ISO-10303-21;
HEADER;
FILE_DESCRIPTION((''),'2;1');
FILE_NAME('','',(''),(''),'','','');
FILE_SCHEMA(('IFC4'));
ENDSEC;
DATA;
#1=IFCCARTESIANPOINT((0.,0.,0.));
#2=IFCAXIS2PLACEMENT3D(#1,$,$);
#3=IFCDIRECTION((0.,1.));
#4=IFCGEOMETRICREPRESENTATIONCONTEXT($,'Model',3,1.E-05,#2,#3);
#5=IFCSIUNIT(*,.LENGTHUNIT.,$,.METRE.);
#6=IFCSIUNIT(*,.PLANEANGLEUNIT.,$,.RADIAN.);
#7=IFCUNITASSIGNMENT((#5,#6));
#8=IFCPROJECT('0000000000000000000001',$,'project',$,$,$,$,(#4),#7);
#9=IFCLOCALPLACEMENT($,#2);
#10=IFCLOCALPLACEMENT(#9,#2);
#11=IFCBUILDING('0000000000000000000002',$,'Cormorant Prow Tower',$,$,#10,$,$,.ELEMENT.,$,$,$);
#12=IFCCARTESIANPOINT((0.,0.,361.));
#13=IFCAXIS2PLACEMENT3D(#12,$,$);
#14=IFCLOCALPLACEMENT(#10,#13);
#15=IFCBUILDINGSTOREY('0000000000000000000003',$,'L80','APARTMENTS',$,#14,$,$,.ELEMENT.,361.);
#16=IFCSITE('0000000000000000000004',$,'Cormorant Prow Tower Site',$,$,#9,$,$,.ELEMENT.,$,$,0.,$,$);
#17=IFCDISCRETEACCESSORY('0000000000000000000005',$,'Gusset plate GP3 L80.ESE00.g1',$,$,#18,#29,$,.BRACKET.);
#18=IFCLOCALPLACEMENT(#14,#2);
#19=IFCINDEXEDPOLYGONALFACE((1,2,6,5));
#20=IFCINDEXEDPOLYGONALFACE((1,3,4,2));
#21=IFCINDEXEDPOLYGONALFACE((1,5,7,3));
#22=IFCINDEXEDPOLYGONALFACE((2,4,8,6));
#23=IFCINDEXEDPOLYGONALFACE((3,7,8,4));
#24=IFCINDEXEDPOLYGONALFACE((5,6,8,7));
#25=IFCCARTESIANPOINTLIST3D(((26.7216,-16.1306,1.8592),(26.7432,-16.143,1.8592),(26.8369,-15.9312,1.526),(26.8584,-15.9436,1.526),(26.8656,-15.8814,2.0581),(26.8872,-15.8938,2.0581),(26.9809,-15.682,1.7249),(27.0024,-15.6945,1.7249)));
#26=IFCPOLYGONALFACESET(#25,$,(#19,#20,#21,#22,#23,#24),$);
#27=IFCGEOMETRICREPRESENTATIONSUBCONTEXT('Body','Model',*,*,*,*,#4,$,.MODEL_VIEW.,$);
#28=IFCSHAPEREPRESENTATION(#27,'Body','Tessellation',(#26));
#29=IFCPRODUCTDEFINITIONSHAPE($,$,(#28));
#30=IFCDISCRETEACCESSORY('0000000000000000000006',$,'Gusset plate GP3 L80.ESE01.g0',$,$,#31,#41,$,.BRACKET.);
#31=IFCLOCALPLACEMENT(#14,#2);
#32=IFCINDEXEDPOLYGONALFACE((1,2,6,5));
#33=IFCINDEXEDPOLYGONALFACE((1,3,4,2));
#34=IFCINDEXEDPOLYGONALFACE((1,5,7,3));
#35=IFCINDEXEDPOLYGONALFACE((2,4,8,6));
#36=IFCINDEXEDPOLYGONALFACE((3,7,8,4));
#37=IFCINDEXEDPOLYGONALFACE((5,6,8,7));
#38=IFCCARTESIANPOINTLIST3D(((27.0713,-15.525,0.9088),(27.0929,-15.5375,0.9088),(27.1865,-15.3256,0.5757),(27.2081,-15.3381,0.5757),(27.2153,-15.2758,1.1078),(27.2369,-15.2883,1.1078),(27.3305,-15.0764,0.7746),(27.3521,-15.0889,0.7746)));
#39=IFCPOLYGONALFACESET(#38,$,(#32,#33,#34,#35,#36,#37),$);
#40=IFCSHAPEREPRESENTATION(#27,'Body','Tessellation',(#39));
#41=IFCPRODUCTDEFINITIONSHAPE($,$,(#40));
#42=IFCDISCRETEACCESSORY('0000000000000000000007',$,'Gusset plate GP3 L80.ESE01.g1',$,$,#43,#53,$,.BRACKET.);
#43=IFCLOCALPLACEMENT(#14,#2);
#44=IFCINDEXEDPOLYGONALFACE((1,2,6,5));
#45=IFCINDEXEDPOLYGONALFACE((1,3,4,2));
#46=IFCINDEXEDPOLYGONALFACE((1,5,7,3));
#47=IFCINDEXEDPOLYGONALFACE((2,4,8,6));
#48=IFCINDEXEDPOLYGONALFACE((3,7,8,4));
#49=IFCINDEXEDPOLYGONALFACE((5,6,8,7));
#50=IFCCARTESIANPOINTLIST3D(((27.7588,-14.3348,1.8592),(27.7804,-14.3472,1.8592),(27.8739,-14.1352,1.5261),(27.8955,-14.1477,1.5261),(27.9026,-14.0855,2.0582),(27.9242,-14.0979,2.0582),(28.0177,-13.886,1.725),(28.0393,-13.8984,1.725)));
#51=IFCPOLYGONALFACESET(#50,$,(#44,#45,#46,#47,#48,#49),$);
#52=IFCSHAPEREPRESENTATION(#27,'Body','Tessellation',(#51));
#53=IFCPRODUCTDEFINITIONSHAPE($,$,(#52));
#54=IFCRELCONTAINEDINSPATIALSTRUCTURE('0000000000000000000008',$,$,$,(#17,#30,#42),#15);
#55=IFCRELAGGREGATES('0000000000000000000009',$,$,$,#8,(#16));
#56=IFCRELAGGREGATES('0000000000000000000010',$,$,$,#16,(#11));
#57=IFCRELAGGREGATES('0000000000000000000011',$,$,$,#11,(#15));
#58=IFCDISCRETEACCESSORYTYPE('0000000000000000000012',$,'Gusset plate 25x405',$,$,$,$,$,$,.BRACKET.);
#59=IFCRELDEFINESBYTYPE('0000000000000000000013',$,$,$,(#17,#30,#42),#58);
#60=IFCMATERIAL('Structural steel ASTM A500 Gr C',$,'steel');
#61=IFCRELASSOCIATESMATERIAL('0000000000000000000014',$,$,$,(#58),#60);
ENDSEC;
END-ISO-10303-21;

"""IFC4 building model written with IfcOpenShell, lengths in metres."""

from ifc_helpers import new_model, si_unit, direction, frame, origin, origin_2d, place, context, subcontext, project, spatial, rectangle, extrude, material, material_profile, profile_set, type_object, element, save


model = new_model("IFC4")

# Units and contexts
model_context = context("Model", 3, precision=1e-05, world=origin(), true_north=direction((0.0, 1.0)))
body_context = subcontext(model_context, "Body", "Model", "MODEL_VIEW")
ifc_project = project(units=[si_unit("LENGTHUNIT", "METRE"), si_unit("PLANEANGLEUNIT", "RADIAN")], contexts=[model_context])

# Site, building, storey
site_placement = place(None, origin())
site = spatial("IfcSite", under=ifc_project, at=site_placement, Name="Cormorant Prow Tower Site", CompositionType="ELEMENT", RefElevation=0.0)
building_placement = place(site_placement, origin())
building = spatial("IfcBuilding", under=site, at=building_placement, Name="Cormorant Prow Tower", CompositionType="ELEMENT")
storey_placement = place(building_placement, frame((0.0, 0.0, 361.0)))
storey = spatial("IfcBuildingStorey", under=building, at=storey_placement, Name="L80", Description="APARTMENTS", CompositionType="ELEMENT", Elevation=361.0)

# Discrete accessories
ifc_material_1 = material(Name="Structural steel ASTM A500 Gr C", Category="steel")
ifc_material_profile_1 = material_profile(ifc_material_1, rectangle(XDim=0.0249, YDim=0.405, at=origin_2d()), Name="Gusset plate 25x405")
ifc_profile_set_1 = profile_set([ifc_material_profile_1], Name="Structural steel ASTM A500 Gr C")
discrete_accessory_type = type_object("IfcDiscreteAccessoryType", Name="Gusset plate 25x405", PredefinedType="BRACKET", material=ifc_profile_set_1)
for number, where, z_axis, x_axis, name in (
    (1, (26.79, -16.0371, 1.6926), (0.411596, 0.71227, 0.56856), (-0.865832, 0.500334, 0.0), "Gusset plate GP3 L80.ESE00.g1"),
    (2, (27.2837, -15.1824, 0.9412), (-0.411596, -0.71227, -0.56856), (0.865832, -0.500334, 0.0), "Gusset plate GP3 L80.ESE01.g0"),
    (3, (27.8271, -14.2412, 1.6926), (0.411016, 0.712474, 0.568723), (-0.8662, 0.499698, 0.0), "Gusset plate GP3 L80.ESE01.g1"),
):
    element("IfcDiscreteAccessory", number, at=place(storey_placement, frame(where, z_axis=z_axis, x_axis=x_axis)), inside=storey, type_object=discrete_accessory_type, Name=name, PredefinedType="BRACKET", context=body_context, shape_type="SweptSolid", body=[
        extrude(rectangle(XDim=0.0249, YDim=0.405, at=origin_2d()), origin(), (0.0, 0.0, 1.0), 0.3499),
    ])

save(model, "model.ifc")
